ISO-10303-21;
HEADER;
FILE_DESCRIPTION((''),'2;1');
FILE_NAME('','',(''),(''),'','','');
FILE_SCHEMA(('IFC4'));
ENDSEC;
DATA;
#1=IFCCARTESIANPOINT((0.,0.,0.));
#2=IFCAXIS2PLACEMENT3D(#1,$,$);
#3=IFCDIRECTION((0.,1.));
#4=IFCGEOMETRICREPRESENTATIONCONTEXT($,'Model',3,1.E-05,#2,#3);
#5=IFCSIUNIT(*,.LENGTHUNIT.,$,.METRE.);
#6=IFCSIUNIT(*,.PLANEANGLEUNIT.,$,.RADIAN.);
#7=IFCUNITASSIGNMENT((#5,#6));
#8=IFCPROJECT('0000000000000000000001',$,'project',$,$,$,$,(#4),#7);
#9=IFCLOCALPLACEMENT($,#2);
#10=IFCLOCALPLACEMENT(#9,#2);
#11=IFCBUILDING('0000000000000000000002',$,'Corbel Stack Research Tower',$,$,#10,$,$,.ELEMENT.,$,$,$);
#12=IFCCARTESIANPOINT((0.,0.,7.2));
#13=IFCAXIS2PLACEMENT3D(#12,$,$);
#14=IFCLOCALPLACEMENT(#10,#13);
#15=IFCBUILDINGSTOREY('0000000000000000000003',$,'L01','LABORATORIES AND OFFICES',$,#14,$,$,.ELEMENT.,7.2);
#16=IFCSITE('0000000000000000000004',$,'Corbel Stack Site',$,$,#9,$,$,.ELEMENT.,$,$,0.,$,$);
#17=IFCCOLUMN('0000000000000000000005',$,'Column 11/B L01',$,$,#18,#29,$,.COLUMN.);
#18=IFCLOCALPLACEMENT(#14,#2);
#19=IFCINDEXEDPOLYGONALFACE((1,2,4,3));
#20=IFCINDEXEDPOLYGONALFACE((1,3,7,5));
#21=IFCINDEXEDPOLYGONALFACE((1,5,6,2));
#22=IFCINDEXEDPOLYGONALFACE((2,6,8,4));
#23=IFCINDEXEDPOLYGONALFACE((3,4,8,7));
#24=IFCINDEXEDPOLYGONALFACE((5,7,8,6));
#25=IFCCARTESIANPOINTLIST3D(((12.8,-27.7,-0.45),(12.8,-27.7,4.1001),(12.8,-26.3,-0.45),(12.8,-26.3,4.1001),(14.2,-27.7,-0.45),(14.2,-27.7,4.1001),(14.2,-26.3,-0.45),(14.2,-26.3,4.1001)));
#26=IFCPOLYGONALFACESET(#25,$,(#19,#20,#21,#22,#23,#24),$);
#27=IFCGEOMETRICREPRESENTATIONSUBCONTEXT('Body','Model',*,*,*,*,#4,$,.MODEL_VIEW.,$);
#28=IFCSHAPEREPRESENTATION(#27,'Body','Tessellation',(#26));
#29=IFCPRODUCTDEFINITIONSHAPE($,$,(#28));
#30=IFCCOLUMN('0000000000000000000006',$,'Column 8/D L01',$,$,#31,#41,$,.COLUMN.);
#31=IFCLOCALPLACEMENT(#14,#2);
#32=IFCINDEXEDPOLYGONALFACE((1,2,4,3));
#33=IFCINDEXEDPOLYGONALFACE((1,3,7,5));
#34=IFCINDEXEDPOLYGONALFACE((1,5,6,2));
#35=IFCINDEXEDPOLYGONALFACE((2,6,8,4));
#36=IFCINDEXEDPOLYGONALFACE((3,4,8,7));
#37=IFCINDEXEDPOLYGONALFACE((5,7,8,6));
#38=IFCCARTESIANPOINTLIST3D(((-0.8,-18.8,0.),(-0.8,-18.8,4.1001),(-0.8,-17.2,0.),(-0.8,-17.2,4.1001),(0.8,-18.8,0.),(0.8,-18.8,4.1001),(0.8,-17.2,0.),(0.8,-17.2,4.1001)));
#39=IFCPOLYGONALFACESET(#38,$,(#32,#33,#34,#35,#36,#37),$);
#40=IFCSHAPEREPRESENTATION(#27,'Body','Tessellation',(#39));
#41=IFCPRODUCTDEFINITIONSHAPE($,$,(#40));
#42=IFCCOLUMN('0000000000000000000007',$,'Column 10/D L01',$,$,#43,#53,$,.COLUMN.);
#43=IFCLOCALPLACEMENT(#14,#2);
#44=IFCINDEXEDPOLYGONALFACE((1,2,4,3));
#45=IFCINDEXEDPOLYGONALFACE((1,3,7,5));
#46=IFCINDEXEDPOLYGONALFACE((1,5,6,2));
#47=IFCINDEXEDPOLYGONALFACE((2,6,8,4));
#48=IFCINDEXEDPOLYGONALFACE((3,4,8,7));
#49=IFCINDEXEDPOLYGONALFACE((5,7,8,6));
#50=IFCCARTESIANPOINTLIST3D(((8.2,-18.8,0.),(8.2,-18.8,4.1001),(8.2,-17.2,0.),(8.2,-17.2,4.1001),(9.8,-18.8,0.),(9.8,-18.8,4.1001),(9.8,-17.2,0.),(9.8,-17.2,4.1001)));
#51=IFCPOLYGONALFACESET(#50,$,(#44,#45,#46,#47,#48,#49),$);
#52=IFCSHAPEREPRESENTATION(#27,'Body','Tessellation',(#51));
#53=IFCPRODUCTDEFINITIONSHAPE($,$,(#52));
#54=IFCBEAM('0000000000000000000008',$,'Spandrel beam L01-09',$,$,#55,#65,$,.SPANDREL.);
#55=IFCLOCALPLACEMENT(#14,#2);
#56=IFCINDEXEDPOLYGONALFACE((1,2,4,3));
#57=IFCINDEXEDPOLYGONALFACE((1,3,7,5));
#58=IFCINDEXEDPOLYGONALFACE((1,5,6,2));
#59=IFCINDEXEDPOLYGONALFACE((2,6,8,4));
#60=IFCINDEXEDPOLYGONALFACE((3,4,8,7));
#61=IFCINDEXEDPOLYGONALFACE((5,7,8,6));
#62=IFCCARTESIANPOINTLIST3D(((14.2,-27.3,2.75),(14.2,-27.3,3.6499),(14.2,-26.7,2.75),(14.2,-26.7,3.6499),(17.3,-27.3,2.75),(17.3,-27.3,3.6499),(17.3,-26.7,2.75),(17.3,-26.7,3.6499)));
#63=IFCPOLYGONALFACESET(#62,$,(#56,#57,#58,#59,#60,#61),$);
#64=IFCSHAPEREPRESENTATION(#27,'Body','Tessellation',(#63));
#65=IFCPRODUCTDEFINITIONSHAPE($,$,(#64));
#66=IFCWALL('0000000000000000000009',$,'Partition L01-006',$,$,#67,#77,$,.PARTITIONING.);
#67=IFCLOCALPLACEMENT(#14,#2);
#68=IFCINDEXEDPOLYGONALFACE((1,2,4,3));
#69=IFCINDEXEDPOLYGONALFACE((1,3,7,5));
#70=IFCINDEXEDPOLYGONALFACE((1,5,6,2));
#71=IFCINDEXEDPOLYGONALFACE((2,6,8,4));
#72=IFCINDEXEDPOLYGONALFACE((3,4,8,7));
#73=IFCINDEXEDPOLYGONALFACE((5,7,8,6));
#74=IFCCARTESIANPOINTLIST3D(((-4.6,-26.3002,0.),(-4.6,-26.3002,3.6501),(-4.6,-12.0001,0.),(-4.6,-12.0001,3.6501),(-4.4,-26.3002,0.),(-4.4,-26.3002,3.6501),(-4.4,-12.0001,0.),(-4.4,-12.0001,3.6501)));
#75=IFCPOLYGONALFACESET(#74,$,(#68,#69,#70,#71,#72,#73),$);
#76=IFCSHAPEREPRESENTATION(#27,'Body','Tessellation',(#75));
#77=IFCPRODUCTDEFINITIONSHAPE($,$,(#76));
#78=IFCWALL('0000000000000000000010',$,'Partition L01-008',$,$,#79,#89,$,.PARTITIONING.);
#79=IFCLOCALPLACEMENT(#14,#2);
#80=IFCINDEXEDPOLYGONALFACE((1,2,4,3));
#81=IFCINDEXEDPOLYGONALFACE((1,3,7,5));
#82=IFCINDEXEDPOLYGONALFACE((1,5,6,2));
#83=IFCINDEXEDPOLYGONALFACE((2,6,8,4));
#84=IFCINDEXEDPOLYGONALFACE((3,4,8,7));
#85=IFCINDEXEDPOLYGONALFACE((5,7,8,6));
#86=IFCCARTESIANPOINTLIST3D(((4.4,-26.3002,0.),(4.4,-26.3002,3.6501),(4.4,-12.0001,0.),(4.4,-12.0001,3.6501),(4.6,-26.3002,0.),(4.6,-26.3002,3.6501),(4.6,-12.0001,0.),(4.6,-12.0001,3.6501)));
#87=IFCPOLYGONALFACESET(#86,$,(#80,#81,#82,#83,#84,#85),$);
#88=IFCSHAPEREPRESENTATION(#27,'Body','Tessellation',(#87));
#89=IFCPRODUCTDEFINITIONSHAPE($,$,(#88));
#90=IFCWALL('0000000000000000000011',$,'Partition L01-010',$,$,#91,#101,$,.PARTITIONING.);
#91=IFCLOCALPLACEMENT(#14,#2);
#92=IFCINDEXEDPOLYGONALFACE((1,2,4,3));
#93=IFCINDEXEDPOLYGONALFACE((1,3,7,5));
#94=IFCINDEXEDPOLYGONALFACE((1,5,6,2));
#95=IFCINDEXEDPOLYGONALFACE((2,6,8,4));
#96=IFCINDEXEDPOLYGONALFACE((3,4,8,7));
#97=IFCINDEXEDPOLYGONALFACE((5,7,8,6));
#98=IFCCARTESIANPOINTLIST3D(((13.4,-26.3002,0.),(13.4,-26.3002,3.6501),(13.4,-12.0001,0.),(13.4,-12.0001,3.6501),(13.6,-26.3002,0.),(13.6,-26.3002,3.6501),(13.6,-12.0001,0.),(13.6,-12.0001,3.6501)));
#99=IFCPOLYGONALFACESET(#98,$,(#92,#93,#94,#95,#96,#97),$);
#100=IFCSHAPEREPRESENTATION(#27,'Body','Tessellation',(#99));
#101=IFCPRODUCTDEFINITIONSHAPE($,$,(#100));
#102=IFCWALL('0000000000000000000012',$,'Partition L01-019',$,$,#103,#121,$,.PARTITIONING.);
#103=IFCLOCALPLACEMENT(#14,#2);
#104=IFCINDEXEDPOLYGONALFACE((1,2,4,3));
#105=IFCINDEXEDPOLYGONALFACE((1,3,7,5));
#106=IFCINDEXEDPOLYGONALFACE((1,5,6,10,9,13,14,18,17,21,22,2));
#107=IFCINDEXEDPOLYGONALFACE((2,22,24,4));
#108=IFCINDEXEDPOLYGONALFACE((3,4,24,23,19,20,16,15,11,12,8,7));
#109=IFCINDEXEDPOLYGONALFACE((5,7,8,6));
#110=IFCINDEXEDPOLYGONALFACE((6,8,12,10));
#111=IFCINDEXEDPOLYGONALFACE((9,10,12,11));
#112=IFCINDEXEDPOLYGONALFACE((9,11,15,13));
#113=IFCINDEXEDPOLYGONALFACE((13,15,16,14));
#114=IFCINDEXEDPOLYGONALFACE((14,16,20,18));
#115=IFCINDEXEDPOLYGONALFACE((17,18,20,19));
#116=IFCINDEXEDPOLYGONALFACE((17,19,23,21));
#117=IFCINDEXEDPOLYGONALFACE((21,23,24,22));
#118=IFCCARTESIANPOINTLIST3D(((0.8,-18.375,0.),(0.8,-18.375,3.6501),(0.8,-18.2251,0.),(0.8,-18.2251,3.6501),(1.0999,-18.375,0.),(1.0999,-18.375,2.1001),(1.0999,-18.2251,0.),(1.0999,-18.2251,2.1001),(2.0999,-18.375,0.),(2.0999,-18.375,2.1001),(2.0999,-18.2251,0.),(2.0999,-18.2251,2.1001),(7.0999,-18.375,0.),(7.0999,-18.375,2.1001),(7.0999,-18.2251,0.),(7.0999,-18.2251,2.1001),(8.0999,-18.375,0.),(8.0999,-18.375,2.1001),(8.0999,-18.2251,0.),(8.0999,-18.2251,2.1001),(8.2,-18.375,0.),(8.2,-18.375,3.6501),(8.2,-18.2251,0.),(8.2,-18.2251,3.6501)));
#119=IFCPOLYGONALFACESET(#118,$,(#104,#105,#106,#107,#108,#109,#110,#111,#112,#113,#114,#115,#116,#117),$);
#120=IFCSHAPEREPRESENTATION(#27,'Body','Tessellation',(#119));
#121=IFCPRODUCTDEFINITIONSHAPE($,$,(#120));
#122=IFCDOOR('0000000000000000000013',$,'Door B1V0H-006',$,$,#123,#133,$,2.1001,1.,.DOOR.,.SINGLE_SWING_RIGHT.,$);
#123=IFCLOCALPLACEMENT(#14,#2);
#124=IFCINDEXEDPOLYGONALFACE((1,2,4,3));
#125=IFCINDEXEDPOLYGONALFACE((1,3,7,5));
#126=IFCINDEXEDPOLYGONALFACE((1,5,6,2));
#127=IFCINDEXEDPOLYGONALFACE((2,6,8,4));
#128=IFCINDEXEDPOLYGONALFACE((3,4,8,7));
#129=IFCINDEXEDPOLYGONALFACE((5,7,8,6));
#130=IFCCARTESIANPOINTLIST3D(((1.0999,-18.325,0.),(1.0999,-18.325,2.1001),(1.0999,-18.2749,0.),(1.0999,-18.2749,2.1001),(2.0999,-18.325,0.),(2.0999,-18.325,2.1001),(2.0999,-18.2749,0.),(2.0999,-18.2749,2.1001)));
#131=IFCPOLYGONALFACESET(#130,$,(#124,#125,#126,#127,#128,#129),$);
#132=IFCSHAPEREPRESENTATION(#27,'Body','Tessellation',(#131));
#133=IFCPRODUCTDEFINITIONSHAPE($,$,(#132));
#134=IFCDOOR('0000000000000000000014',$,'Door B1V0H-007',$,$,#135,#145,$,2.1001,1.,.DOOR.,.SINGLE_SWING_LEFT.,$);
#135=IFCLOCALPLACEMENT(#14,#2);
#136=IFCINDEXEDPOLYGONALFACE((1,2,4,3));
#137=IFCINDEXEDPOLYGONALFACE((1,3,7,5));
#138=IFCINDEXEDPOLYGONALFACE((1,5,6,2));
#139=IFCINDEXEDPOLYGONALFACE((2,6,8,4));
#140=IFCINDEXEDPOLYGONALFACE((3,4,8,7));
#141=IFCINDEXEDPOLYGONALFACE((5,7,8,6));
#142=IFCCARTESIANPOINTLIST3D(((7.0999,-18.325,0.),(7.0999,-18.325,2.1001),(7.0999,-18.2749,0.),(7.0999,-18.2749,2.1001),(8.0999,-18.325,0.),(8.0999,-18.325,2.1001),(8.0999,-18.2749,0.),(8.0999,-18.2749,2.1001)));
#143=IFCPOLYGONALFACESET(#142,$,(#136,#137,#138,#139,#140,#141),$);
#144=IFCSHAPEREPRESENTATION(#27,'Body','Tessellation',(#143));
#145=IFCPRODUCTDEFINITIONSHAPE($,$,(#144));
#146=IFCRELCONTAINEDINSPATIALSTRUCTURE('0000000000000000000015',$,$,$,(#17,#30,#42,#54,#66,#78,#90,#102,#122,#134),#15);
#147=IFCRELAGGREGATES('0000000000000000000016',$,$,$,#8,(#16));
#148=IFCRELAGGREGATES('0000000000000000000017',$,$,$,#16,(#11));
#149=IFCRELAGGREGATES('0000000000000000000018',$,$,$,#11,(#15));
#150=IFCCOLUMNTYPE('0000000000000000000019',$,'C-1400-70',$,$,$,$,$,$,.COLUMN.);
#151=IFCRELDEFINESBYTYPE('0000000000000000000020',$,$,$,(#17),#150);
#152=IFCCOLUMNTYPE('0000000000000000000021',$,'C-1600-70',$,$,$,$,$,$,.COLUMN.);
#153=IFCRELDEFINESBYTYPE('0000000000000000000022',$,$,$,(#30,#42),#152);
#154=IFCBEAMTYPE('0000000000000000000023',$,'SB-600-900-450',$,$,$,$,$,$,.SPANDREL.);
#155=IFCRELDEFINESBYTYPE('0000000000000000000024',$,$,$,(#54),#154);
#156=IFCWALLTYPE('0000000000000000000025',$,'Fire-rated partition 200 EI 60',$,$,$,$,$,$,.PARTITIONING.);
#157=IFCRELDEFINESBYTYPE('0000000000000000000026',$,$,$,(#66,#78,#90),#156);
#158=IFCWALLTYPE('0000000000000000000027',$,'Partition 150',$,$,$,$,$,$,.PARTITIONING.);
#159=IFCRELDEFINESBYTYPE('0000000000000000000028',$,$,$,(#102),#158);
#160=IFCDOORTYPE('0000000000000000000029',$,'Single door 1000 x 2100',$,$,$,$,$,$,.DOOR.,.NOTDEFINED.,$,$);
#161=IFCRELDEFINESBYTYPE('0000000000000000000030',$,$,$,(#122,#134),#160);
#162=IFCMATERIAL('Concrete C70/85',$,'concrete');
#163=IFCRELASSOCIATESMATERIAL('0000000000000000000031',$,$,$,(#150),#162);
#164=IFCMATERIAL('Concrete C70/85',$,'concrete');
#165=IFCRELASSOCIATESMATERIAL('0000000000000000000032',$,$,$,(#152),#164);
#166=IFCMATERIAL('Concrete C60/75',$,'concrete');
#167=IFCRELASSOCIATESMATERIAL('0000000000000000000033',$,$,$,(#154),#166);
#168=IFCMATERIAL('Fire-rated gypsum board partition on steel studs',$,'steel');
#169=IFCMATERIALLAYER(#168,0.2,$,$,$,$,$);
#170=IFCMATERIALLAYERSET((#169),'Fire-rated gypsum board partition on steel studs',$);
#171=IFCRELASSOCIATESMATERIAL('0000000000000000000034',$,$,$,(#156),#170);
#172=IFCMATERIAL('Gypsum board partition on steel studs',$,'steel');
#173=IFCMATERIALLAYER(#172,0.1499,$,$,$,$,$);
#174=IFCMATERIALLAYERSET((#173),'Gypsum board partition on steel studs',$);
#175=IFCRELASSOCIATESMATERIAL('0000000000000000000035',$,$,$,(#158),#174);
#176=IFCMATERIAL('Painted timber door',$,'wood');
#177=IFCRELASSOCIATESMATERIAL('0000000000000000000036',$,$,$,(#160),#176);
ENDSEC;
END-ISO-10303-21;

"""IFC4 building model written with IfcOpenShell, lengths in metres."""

from ifc_helpers import new_model, si_unit, direction, frame, frame_2d, origin, origin_2d, place, context, subcontext, project, spatial, rectangle, extrude, material, layer, layer_set, material_profile, profile_set, type_object, element, fill, save


model = new_model("IFC4")

# Units and contexts
model_context = context("Model", 3, precision=1e-05, world=origin(), true_north=direction((0.0, 1.0)))
body_context = subcontext(model_context, "Body", "Model", "MODEL_VIEW")
ifc_project = project(units=[si_unit("LENGTHUNIT", "METRE"), si_unit("PLANEANGLEUNIT", "RADIAN")], contexts=[model_context])

# Site, building, storey
site_placement = place(None, origin())
site = spatial("IfcSite", under=ifc_project, at=site_placement, Name="Corbel Stack Site", CompositionType="ELEMENT", RefElevation=0.0)
building_placement = place(site_placement, origin())
building = spatial("IfcBuilding", under=site, at=building_placement, Name="Corbel Stack Research Tower", CompositionType="ELEMENT")
storey_placement = place(building_placement, frame((0.0, 0.0, 7.2)))
storey = spatial("IfcBuildingStorey", under=building, at=storey_placement, Name="L01", Description="LABORATORIES AND OFFICES", CompositionType="ELEMENT", Elevation=7.2)

# Columns
ifc_material_1 = material(Name="Concrete C70/85", Category="concrete")
ifc_material_profile_1 = material_profile(ifc_material_1, rectangle(XDim=1.3999, YDim=1.3999, at=origin_2d()), Name="RC 1400 x 1400")
ifc_profile_set_1 = profile_set([ifc_material_profile_1], Name="Concrete C70/85")
column_type_1 = type_object("IfcColumnType", Name="C-1400-70", PredefinedType="COLUMN", material=ifc_profile_set_1)
column_placement = place(storey_placement, frame((13.5, -27.0, -0.45), z_axis=(0.0, 0.0, 1.0), x_axis=(1.0, 0.0, 0.0)))
element("IfcColumn", 1, at=column_placement, inside=storey, type_object=column_type_1, Name="Column 11/B L01", PredefinedType="COLUMN", context=body_context, shape_type="SweptSolid", body=[
    extrude(rectangle(XDim=1.3999, YDim=1.3999, at=origin_2d()), origin(), (0.0, 0.0, 1.0), 4.55),
])
ifc_material_2 = material(Name="Concrete C70/85", Category="concrete")
ifc_material_profile_2 = material_profile(ifc_material_2, rectangle(XDim=1.6001, YDim=1.6001, at=origin_2d()), Name="RC 1600 x 1600")
ifc_profile_set_2 = profile_set([ifc_material_profile_2], Name="Concrete C70/85")
column_type_2 = type_object("IfcColumnType", Name="C-1600-70", PredefinedType="COLUMN", material=ifc_profile_set_2)
for number, where, z_axis, x_axis, name in (
    (2, (0.0, -18.0, 0.0), (0.0, 0.0, 1.0), (1.0, 0.0, 0.0), "Column 8/D L01"),
    (3, (9.0, -18.0, 0.0), (0.0, 0.0, 1.0), (1.0, 0.0, 0.0), "Column 10/D L01"),
):
    element("IfcColumn", number, at=place(storey_placement, frame(where, z_axis=z_axis, x_axis=x_axis)), inside=storey, type_object=column_type_2, Name=name, PredefinedType="COLUMN", context=body_context, shape_type="SweptSolid", body=[
        extrude(rectangle(XDim=1.6001, YDim=1.6001, at=origin_2d()), origin(), (0.0, 0.0, 1.0), 4.1001),
    ])

# Beam
ifc_material_3 = material(Name="Concrete C60/75", Category="concrete")
ifc_material_profile_3 = material_profile(ifc_material_3, rectangle(XDim=0.6001, YDim=0.8999, at=origin_2d()), Name="RC 600 x 900")
ifc_profile_set_3 = profile_set([ifc_material_profile_3], Name="Concrete C60/75")
beam_type = type_object("IfcBeamType", Name="SB-600-900-450", PredefinedType="SPANDREL", material=ifc_profile_set_3)
beam_placement = place(storey_placement, frame((14.2, -27.0, 3.2), z_axis=(1.0, 0.0, 0.0), x_axis=(0.0, 1.0, 0.0)))
element("IfcBeam", 4, at=beam_placement, inside=storey, type_object=beam_type, Name="Spandrel beam L01-09", PredefinedType="SPANDREL", context=body_context, shape_type="SweptSolid", body=[
    extrude(rectangle(XDim=0.6001, YDim=0.8999, at=origin_2d()), origin(), (0.0, 0.0, 1.0), 3.1001),
])

# Walls
ifc_material_4 = material(Name="Fire-rated gypsum board partition on steel studs", Category="steel")
ifc_layer_1 = layer(ifc_material_4, 0.2)
ifc_layer_set_1 = layer_set([ifc_layer_1], Name="Fire-rated gypsum board partition on steel studs")
wall_type_1 = type_object("IfcWallType", Name="Fire-rated partition 200 EI 60", PredefinedType="PARTITIONING", material=ifc_layer_set_1)
for number, where, z_axis, x_axis, name in (
    (5, (-4.5, -26.3, 0.0), (0.0, 0.0, 1.0), (0.0, 1.0, 0.0), "Partition L01-006"),
    (6, (4.5, -26.3, 0.0), (0.0, 0.0, 1.0), (0.0, 1.0, 0.0), "Partition L01-008"),
    (7, (13.5, -26.3, 0.0), (0.0, 0.0, 1.0), (0.0, 1.0, 0.0), "Partition L01-010"),
):
    element("IfcWall", number, at=place(storey_placement, frame(where, z_axis=z_axis, x_axis=x_axis)), inside=storey, type_object=wall_type_1, Name=name, PredefinedType="PARTITIONING", context=body_context, shape_type="SweptSolid", body=[
        extrude(rectangle(XDim=14.3, YDim=0.2, at=frame_2d((7.1499, 0.0))), origin(), (0.0, 0.0, 1.0), 3.6501),
    ])

# Wall, openings, doors
ifc_material_5 = material(Name="Gypsum board partition on steel studs", Category="steel")
ifc_layer_2 = layer(ifc_material_5, 0.1499)
ifc_layer_set_2 = layer_set([ifc_layer_2], Name="Gypsum board partition on steel studs")
wall_type_2 = type_object("IfcWallType", Name="Partition 150", PredefinedType="PARTITIONING", material=ifc_layer_set_2)
wall_1_placement = place(storey_placement, frame((8.2, -18.3, 0.0), z_axis=(0.0, 0.0, 1.0), x_axis=(-1.0, 0.0, 0.0)))
wall_1 = element("IfcWall", 8, at=wall_1_placement, inside=storey, type_object=wall_type_2, Name="Partition L01-019", PredefinedType="PARTITIONING", context=body_context, shape_type="SweptSolid", body=[
    extrude(rectangle(XDim=7.3999, YDim=0.1499, at=frame_2d((3.7, 0.0))), origin(), (0.0, 0.0, 1.0), 3.6501),
])
opening_1_placement = place(wall_1_placement, frame((6.1001, 0.0, 0.0)))
opening_1 = element("IfcOpeningElement", 9, at=opening_1_placement, cuts=wall_1, PredefinedType="OPENING", context=body_context, shape_type="SweptSolid", body=[
    extrude(rectangle(XDim=1.0, YDim=2.1001, at=frame_2d((0.5, 1.05))), frame((0.0, 0.085, 0.0), z_axis=(0.0, -1.0, 0.0), x_axis=(1.0, 0.0, 0.0)), (0.0, 0.0, 1.0), 0.1699),
])
opening_2_placement = place(wall_1_placement, frame((0.1001, 0.0, 0.0)))
opening_2 = element("IfcOpeningElement", 10, at=opening_2_placement, cuts=wall_1, PredefinedType="OPENING", context=body_context, shape_type="SweptSolid", body=[
    extrude(rectangle(XDim=1.0, YDim=2.1001, at=frame_2d((0.5, 1.05))), frame((0.0, 0.085, 0.0), z_axis=(0.0, -1.0, 0.0), x_axis=(1.0, 0.0, 0.0)), (0.0, 0.0, 1.0), 0.1699),
])
ifc_material_6 = material(Name="Painted timber door", Category="wood")
door_type_1 = type_object("IfcDoorType", Name="Single door 1000 x 2100", OperationType="NOTDEFINED", PredefinedType="DOOR", material=ifc_material_6)
door_1_placement = place(opening_1_placement, origin())
door_1 = element("IfcDoor", 11, at=door_1_placement, inside=storey, type_object=door_type_1, Name="Door B1V0H-006", OperationType="SINGLE_SWING_RIGHT", OverallHeight=2.1001, OverallWidth=1.0, PredefinedType="DOOR", context=body_context, shape_type="SweptSolid", body=[
    extrude(rectangle(XDim=1.0, YDim=2.1001, at=frame_2d((0.5, 1.05))), frame((0.0, 0.0249, 0.0), z_axis=(0.0, -1.0, 0.0), x_axis=(1.0, 0.0, 0.0)), (0.0, 0.0, 1.0), 0.05),
])
fill(opening_1, door_1)
door_2_placement = place(opening_2_placement, origin())
door_2 = element("IfcDoor", 12, at=door_2_placement, inside=storey, type_object=door_type_1, Name="Door B1V0H-007", OperationType="SINGLE_SWING_LEFT", OverallHeight=2.1001, OverallWidth=1.0, PredefinedType="DOOR", context=body_context, shape_type="SweptSolid", body=[
    extrude(rectangle(XDim=1.0, YDim=2.1001, at=frame_2d((0.5, 1.05))), frame((0.0, 0.0249, 0.0), z_axis=(0.0, -1.0, 0.0), x_axis=(1.0, 0.0, 0.0)), (0.0, 0.0, 1.0), 0.05),
])
fill(opening_2, door_2)

save(model, "model.ifc")
